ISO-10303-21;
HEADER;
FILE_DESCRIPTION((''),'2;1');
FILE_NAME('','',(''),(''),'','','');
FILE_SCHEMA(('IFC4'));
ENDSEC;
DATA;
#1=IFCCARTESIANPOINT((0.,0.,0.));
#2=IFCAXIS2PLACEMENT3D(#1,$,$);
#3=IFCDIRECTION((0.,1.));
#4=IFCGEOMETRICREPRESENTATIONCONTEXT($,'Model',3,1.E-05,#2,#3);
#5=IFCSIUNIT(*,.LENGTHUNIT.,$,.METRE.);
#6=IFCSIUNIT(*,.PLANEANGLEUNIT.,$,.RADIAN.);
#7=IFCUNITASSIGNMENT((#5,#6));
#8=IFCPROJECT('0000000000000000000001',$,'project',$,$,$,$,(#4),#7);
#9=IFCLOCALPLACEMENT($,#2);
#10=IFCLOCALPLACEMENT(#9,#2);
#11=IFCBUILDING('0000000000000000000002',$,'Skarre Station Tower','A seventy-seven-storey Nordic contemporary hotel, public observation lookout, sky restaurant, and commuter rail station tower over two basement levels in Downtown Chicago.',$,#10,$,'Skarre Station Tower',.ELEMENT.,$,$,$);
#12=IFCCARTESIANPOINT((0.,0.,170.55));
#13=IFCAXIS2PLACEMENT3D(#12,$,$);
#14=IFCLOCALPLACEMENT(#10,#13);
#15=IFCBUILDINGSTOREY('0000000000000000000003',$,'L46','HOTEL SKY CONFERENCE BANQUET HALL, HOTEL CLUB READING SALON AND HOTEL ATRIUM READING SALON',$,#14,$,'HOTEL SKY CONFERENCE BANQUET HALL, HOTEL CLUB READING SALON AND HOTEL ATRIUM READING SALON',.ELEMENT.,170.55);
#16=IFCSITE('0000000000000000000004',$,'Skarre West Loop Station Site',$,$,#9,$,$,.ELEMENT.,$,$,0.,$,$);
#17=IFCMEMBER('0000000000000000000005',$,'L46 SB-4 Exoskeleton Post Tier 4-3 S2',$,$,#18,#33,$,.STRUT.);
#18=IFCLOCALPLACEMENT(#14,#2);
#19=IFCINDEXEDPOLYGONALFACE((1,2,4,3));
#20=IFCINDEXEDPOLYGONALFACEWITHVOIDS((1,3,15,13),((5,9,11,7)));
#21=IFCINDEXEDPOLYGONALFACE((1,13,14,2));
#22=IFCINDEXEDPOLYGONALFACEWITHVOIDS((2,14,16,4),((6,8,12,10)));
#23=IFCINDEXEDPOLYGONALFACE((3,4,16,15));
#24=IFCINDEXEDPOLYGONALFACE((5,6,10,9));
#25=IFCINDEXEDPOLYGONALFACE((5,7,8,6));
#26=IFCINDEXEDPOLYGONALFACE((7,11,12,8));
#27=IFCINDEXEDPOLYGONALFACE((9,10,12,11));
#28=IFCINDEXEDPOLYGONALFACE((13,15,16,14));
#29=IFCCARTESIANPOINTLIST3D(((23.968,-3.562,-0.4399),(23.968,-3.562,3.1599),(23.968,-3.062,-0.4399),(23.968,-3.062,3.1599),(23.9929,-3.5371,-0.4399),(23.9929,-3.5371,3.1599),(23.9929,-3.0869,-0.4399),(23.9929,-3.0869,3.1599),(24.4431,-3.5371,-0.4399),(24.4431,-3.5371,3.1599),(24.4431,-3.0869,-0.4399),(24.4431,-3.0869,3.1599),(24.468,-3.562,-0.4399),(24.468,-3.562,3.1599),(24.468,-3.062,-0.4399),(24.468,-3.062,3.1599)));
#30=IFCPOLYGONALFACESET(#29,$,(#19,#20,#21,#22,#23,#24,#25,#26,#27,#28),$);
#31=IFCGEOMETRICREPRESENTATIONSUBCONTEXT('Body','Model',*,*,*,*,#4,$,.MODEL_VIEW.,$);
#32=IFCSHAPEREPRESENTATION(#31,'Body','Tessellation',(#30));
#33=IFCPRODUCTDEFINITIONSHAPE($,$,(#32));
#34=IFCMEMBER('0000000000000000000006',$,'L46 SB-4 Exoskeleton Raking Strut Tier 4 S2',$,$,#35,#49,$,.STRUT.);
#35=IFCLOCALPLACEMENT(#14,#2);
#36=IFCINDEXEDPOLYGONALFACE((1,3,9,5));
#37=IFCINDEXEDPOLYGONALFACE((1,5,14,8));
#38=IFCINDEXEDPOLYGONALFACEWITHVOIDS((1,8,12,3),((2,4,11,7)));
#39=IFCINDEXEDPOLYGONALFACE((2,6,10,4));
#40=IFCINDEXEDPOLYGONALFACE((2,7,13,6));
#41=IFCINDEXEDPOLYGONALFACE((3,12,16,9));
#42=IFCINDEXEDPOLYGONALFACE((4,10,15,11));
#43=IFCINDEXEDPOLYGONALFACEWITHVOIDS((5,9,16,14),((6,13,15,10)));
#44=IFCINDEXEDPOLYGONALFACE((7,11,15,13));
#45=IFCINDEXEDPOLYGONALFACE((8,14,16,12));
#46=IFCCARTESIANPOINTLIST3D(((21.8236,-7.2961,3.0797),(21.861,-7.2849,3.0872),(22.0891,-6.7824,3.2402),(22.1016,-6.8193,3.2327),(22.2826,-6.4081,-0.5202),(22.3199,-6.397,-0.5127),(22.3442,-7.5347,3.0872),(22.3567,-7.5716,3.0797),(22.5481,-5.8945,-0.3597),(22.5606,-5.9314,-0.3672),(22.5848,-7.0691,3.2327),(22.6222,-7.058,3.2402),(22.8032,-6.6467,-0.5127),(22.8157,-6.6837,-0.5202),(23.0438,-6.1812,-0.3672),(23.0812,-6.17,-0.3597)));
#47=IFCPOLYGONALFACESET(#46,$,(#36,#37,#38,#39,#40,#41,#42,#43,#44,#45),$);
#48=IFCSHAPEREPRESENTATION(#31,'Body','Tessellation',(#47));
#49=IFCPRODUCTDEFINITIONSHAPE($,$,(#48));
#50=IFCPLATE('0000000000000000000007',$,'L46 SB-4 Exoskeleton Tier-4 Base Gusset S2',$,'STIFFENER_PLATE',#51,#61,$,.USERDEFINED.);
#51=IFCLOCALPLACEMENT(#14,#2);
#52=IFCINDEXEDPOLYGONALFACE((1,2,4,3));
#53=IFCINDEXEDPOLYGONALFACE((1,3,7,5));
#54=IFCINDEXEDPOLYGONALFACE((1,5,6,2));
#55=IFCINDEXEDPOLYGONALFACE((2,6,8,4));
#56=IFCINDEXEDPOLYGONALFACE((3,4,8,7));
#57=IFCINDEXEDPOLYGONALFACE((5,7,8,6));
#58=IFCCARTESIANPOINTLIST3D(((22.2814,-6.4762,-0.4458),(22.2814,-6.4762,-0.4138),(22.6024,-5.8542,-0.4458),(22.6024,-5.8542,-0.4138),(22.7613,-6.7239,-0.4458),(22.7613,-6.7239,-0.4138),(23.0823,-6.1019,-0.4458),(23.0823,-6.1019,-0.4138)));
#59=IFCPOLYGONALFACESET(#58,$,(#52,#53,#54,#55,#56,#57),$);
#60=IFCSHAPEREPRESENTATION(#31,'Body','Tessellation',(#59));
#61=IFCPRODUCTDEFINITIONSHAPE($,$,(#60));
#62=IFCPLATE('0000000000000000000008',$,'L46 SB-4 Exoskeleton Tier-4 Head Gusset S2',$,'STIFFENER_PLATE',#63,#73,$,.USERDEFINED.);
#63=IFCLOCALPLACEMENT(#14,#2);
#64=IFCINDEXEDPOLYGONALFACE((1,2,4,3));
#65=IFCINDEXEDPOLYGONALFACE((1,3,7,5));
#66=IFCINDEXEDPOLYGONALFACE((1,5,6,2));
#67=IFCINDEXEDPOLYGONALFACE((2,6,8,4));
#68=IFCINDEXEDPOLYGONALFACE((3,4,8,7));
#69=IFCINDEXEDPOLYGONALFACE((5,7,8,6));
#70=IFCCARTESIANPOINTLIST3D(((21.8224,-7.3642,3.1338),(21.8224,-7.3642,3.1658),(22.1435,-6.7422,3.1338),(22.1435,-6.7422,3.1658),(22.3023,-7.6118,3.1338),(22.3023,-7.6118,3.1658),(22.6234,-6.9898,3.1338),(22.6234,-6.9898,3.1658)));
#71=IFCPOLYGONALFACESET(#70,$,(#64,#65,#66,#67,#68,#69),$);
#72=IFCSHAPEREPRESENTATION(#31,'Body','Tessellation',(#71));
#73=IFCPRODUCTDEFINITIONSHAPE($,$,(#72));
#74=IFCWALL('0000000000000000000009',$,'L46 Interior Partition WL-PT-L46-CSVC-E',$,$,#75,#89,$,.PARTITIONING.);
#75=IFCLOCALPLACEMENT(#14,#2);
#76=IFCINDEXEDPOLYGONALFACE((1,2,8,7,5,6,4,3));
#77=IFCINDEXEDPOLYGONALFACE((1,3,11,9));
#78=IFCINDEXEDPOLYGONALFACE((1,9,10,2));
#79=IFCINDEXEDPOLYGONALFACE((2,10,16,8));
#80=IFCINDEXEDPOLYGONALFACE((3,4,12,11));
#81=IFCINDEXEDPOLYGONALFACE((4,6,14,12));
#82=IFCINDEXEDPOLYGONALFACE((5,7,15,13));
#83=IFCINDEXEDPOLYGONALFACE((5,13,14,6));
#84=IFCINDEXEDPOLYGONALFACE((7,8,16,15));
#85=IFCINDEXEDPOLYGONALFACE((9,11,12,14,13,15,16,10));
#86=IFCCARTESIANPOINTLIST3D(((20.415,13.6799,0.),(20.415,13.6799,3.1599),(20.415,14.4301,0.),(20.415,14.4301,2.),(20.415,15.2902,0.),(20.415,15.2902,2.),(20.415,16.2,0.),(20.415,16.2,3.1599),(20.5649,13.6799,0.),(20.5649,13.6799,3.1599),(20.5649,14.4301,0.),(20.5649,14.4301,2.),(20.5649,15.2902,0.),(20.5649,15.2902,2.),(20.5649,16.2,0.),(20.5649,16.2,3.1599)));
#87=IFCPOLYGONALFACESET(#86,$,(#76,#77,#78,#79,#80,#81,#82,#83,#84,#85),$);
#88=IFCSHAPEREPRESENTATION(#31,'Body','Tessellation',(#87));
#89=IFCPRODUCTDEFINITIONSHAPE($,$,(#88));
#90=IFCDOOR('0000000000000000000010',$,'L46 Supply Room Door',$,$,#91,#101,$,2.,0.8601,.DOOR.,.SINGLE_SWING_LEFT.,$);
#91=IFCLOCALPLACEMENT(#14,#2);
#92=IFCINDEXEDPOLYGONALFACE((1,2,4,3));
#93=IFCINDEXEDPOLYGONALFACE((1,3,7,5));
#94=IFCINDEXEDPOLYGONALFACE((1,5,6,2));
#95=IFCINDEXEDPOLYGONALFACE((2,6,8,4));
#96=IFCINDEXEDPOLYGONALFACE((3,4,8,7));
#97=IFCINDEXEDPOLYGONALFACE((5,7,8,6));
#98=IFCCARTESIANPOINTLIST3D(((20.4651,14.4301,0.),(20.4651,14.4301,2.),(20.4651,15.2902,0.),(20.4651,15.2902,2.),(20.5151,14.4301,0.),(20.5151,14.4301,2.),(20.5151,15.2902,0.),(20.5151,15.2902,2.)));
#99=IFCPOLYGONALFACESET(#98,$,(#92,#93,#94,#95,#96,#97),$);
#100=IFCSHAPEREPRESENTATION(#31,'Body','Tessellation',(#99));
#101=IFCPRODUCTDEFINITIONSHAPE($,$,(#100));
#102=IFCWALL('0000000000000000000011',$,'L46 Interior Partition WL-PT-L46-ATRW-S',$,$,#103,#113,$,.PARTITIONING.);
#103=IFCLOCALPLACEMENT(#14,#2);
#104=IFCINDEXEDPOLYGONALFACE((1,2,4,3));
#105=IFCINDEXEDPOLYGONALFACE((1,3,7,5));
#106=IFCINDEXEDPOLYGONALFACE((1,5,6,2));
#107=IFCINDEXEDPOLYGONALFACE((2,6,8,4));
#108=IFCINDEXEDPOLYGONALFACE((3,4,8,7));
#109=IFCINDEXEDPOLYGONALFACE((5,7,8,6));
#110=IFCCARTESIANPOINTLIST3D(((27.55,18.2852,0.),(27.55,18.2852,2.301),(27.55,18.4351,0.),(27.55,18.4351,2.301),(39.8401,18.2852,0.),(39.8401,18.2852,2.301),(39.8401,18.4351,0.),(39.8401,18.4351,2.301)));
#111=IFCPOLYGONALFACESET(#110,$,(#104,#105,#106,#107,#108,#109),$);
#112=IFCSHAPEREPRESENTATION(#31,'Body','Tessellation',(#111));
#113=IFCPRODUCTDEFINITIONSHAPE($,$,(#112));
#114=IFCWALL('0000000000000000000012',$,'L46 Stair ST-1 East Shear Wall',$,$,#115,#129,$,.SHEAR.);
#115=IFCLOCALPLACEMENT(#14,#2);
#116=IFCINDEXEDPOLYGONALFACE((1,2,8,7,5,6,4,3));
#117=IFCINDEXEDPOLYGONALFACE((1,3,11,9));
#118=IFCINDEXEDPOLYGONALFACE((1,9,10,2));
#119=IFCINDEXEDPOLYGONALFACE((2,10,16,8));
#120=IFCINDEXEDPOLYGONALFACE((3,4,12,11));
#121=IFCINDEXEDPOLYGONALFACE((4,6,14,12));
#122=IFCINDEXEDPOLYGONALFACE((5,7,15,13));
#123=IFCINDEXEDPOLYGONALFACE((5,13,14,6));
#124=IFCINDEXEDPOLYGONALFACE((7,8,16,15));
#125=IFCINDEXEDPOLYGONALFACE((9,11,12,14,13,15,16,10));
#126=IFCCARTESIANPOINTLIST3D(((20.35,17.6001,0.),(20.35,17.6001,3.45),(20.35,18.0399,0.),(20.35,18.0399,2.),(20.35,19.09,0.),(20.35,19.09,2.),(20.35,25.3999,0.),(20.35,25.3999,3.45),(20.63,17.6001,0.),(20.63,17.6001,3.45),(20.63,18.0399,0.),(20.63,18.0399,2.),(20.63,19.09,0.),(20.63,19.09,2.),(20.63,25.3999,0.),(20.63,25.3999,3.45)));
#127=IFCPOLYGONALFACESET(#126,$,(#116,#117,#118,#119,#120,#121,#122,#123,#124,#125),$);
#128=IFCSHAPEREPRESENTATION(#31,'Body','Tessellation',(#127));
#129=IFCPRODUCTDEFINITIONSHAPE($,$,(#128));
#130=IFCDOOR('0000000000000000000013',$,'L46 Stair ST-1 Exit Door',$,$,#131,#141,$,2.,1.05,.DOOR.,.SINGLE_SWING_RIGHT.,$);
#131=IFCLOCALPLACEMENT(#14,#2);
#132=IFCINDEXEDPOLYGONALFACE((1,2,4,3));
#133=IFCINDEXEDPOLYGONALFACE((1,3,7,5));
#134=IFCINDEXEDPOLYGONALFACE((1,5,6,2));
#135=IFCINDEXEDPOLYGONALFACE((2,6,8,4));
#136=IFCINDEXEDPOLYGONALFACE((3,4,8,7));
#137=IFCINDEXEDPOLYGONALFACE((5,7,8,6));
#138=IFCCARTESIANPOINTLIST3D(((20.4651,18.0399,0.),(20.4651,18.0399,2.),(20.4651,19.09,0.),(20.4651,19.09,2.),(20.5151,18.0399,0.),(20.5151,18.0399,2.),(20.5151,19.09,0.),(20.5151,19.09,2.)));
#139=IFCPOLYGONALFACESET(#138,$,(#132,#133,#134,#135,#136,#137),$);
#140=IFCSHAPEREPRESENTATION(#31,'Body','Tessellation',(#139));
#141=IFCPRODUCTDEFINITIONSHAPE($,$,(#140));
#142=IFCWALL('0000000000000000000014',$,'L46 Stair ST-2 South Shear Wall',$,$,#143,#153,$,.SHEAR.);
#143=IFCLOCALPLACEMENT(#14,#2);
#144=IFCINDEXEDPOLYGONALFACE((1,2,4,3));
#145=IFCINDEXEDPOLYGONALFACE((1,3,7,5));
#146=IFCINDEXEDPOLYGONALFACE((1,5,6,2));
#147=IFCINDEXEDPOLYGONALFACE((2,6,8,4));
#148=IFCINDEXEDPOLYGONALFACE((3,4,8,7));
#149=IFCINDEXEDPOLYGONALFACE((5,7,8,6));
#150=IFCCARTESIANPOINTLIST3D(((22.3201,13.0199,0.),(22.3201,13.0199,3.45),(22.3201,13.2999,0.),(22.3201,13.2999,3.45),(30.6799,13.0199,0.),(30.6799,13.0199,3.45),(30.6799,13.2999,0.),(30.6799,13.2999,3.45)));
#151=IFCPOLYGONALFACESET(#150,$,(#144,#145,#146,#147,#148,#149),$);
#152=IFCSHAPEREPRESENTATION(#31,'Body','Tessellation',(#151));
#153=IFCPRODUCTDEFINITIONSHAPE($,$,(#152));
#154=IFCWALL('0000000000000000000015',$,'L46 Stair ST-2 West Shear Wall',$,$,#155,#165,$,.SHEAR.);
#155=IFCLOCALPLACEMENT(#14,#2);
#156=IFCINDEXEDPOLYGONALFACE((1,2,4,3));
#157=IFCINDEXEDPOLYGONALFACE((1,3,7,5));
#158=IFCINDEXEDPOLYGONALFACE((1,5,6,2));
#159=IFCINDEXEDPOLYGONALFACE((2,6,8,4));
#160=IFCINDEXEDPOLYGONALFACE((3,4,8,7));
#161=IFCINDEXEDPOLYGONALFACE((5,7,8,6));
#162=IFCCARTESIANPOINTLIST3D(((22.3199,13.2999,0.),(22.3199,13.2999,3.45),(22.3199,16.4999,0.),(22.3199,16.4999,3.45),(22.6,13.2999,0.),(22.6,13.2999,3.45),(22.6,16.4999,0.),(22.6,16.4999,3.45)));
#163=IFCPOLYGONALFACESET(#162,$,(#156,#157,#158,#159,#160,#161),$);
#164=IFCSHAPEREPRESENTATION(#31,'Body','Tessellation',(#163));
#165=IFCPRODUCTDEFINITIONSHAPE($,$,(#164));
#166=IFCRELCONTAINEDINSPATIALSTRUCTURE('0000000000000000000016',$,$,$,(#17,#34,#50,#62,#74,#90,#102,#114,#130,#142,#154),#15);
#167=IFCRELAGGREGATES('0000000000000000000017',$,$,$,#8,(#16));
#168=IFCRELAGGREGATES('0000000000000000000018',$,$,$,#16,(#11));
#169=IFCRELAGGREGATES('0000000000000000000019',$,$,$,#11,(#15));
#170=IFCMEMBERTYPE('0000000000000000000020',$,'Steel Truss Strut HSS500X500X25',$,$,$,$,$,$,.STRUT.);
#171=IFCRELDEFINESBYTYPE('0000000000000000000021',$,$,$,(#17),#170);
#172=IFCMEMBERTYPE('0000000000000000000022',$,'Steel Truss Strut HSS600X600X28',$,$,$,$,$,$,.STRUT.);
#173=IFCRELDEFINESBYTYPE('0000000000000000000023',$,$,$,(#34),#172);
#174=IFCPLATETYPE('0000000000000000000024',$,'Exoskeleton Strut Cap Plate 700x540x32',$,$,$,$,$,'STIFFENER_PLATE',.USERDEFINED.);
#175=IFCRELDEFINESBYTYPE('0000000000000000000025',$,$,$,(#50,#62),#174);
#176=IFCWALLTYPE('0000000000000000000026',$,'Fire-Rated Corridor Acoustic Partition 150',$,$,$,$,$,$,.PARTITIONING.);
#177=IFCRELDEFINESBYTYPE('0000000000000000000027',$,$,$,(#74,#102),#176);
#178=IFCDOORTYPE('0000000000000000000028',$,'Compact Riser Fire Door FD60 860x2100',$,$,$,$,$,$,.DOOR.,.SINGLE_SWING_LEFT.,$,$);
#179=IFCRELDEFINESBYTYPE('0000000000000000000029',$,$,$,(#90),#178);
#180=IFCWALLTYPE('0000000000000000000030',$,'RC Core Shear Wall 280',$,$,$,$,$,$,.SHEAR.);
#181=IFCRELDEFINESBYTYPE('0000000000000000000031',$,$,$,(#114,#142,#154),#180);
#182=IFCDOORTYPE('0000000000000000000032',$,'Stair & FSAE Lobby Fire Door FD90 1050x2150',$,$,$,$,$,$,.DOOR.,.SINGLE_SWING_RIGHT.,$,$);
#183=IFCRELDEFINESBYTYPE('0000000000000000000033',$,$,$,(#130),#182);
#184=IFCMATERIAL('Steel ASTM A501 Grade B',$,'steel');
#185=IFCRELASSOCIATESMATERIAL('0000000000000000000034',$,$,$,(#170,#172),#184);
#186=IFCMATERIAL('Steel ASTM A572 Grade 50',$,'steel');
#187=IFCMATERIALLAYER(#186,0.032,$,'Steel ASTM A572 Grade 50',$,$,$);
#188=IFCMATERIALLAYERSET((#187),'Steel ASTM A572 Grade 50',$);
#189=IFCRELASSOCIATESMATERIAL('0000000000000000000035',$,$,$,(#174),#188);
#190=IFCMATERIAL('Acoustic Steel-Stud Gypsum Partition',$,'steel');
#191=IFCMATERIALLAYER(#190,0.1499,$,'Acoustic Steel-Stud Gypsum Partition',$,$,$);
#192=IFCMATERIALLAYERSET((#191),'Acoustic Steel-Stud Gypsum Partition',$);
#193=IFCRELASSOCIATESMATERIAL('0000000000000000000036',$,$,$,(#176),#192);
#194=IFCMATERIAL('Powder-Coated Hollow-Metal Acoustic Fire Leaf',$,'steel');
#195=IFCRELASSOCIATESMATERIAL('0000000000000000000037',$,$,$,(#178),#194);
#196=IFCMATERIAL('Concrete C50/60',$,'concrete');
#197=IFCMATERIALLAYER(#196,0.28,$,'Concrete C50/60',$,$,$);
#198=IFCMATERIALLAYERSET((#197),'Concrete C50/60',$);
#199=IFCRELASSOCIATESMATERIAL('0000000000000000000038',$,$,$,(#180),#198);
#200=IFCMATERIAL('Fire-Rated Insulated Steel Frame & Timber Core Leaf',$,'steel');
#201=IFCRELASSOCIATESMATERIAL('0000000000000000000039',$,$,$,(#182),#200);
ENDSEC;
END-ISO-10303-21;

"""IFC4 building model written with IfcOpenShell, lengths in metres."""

from ifc_helpers import new_model, si_unit, direction, frame, frame_2d, origin, origin_2d, place, context, subcontext, project, spatial, rectangle, hollow_rectangle, extrude, material, layer, layer_set, material_profile, profile_set, type_object, element, fill, save


model = new_model("IFC4")

# Units and contexts
model_context = context("Model", 3, precision=1e-05, world=origin(), true_north=direction((0.0, 1.0)))
body_context = subcontext(model_context, "Body", "Model", "MODEL_VIEW")
ifc_project = project(units=[si_unit("LENGTHUNIT", "METRE"), si_unit("PLANEANGLEUNIT", "RADIAN")], contexts=[model_context])

# Site, building, storey
site_placement = place(None, origin())
site = spatial("IfcSite", under=ifc_project, at=site_placement, Name="Skarre West Loop Station Site", CompositionType="ELEMENT", RefElevation=0.0)
building_placement = place(site_placement, origin())
building = spatial("IfcBuilding", under=site, at=building_placement, Name="Skarre Station Tower", Description="A seventy-seven-storey Nordic contemporary hotel, public observation lookout, sky restaurant, and commuter rail station tower over two basement levels in Downtown Chicago.", LongName="Skarre Station Tower", CompositionType="ELEMENT")
storey_placement = place(building_placement, frame((0.0, 0.0, 170.55)))
storey = spatial("IfcBuildingStorey", under=building, at=storey_placement, Name="L46", Description="HOTEL SKY CONFERENCE BANQUET HALL, HOTEL CLUB READING SALON AND HOTEL ATRIUM READING SALON", LongName="HOTEL SKY CONFERENCE BANQUET HALL, HOTEL CLUB READING SALON AND HOTEL ATRIUM READING SALON", CompositionType="ELEMENT", Elevation=170.55)

# Shared definitions
ifc_material_1 = material(Name="Concrete C50/60", Category="concrete")

# Members
ifc_material_2 = material(Name="Steel ASTM A501 Grade B", Category="steel")
ifc_material_profile_1 = material_profile(ifc_material_2, hollow_rectangle(XDim=0.5, YDim=0.5, WallThickness=0.0249, at=origin_2d()), Name="Steel ASTM A501 Grade B")
ifc_profile_set_1 = profile_set([ifc_material_profile_1], Name="Steel ASTM A501 Grade B")
member_type_1 = type_object("IfcMemberType", Name="Steel Truss Strut HSS500X500X25", PredefinedType="STRUT", material=ifc_profile_set_1)
for number, where, z_axis, x_axis, name in (
    (1, (24.218, -3.312, -0.4399), (0.0, 0.0, 1.0), (1.0, 0.0, 0.0), "L46 SB-4 Exoskeleton Post Tier 4-3 S2"),
):
    element("IfcMember", number, at=place(storey_placement, frame(where, z_axis=z_axis, x_axis=x_axis)), inside=storey, type_object=member_type_1, Name=name, PredefinedType="STRUT", context=body_context, shape_type="SweptSolid", body=[
        extrude(hollow_rectangle(XDim=0.5, YDim=0.5, WallThickness=0.0249, at=origin_2d()), origin(), (0.0, 0.0, 1.0), 3.5999),
    ])
ifc_material_profile_2 = material_profile(ifc_material_2, hollow_rectangle(XDim=0.6001, YDim=0.6001, WallThickness=0.0281, at=origin_2d()), Name="Steel ASTM A501 Grade B")
ifc_profile_set_2 = profile_set([ifc_material_profile_2], Name="Steel ASTM A501 Grade B")
member_type_2 = type_object("IfcMemberType", Name="Steel Truss Strut HSS600X600X28", PredefinedType="STRUT", material=ifc_profile_set_2)
member_placement = place(storey_placement, frame((22.6819, -6.2891, -0.4399), z_axis=(-0.122853, -0.237668, 0.963546), x_axis=(0.888338, -0.45919, 0.0)))
element("IfcMember", 2, at=member_placement, inside=storey, type_object=member_type_2, Name="L46 SB-4 Exoskeleton Raking Strut Tier 4 S2", PredefinedType="STRUT", context=body_context, shape_type="SweptSolid", body=[
    extrude(hollow_rectangle(XDim=0.6001, YDim=0.6001, WallThickness=0.0281, at=origin_2d()), origin(), (0.0, 0.0, 1.0), 3.7361),
])

# Plates
ifc_material_3 = material(Name="Steel ASTM A572 Grade 50", Category="steel")
ifc_layer_1 = layer(ifc_material_3, 0.032, Name="Steel ASTM A572 Grade 50")
ifc_layer_set_1 = layer_set([ifc_layer_1], Name="Steel ASTM A572 Grade 50")
plate_type = type_object("IfcPlateType", Name="Exoskeleton Strut Cap Plate 700x540x32", ElementType="STIFFENER_PLATE", PredefinedType="USERDEFINED", material=ifc_layer_set_1)
for number, where, z_axis, x_axis, name in (
    (3, (22.6819, -6.2891, -0.4458), (0.0, 0.0, 1.0), (-0.458634, -0.888625, 0.0), "L46 SB-4 Exoskeleton Tier-4 Base Gusset S2"),
    (4, (22.2229, -7.177, 3.1338), (0.0, 0.0, 1.0), (-0.458634, -0.888625, 0.0), "L46 SB-4 Exoskeleton Tier-4 Head Gusset S2"),
):
    element("IfcPlate", number, at=place(storey_placement, frame(where, z_axis=z_axis, x_axis=x_axis)), inside=storey, type_object=plate_type, Name=name, ObjectType="STIFFENER_PLATE", PredefinedType="USERDEFINED", context=body_context, shape_type="SweptSolid", body=[
        extrude(rectangle(XDim=0.7, YDim=0.54, at=origin_2d()), origin(), (0.0, 0.0, 1.0), 0.032),
    ])

# Wall, opening, door
ifc_material_4 = material(Name="Acoustic Steel-Stud Gypsum Partition", Category="steel")
ifc_layer_2 = layer(ifc_material_4, 0.1499, Name="Acoustic Steel-Stud Gypsum Partition")
ifc_layer_set_2 = layer_set([ifc_layer_2], Name="Acoustic Steel-Stud Gypsum Partition")
wall_type_1 = type_object("IfcWallType", Name="Fire-Rated Corridor Acoustic Partition 150", PredefinedType="PARTITIONING", material=ifc_layer_set_2)
wall_1_placement = place(storey_placement, frame((20.49, 13.6799, 0.0), z_axis=(0.0, 0.0, 1.0), x_axis=(0.0, 1.0, 0.0)))
wall_1 = element("IfcWall", 5, at=wall_1_placement, inside=storey, type_object=wall_type_1, Name="L46 Interior Partition WL-PT-L46-CSVC-E", PredefinedType="PARTITIONING", context=body_context, shape_type="SweptSolid", body=[
    extrude(rectangle(XDim=2.52, YDim=0.1499, at=frame_2d((1.26, 0.0))), origin(), (0.0, 0.0, 1.0), 3.1599),
])
opening_1_placement = place(wall_1_placement, frame((0.75, 0.0, 0.0)))
opening_1 = element("IfcOpeningElement", 6, at=opening_1_placement, cuts=wall_1, PredefinedType="OPENING", context=body_context, shape_type="SweptSolid", body=[
    extrude(rectangle(XDim=0.8601, YDim=2.0, at=frame_2d((0.4302, 1.0))), frame((0.0, 0.085, 0.0), z_axis=(0.0, -1.0, 0.0), x_axis=(1.0, 0.0, 0.0)), (0.0, 0.0, 1.0), 0.1699),
])
ifc_material_5 = material(Name="Powder-Coated Hollow-Metal Acoustic Fire Leaf", Category="steel")
door_type_1 = type_object("IfcDoorType", Name="Compact Riser Fire Door FD60 860x2100", OperationType="SINGLE_SWING_LEFT", PredefinedType="DOOR", material=ifc_material_5)
door_1_placement = place(opening_1_placement, origin())
door_1 = element("IfcDoor", 7, at=door_1_placement, inside=storey, type_object=door_type_1, Name="L46 Supply Room Door", OperationType="SINGLE_SWING_LEFT", OverallHeight=2.0, OverallWidth=0.8601, PredefinedType="DOOR", context=body_context, shape_type="SweptSolid", body=[
    extrude(rectangle(XDim=0.8601, YDim=2.0, at=frame_2d((0.4302, 1.0))), frame((0.0, 0.0249, 0.0), z_axis=(0.0, -1.0, 0.0), x_axis=(1.0, 0.0, 0.0)), (0.0, 0.0, 1.0), 0.05),
])
fill(opening_1, door_1)

# Wall
wall_2_placement = place(storey_placement, frame((27.55, 18.3601, 0.0), z_axis=(0.0, 0.0, 1.0), x_axis=(1.0, 0.0, 0.0)))
element("IfcWall", 8, at=wall_2_placement, inside=storey, type_object=wall_type_1, Name="L46 Interior Partition WL-PT-L46-ATRW-S", PredefinedType="PARTITIONING", context=body_context, shape_type="SweptSolid", body=[
    extrude(rectangle(XDim=12.29, YDim=0.1499, at=frame_2d((6.145, 0.0))), origin(), (0.0, 0.0, 1.0), 2.301),
])

# Wall, opening, door
ifc_layer_3 = layer(ifc_material_1, 0.28, Name="Concrete C50/60")
ifc_layer_set_3 = layer_set([ifc_layer_3], Name="Concrete C50/60")
wall_type_2 = type_object("IfcWallType", Name="RC Core Shear Wall 280", PredefinedType="SHEAR", material=ifc_layer_set_3)
wall_3_placement = place(storey_placement, frame((20.49, 17.6001, 0.0), z_axis=(0.0, 0.0, 1.0), x_axis=(0.0, 1.0, 0.0)))
wall_3 = element("IfcWall", 9, at=wall_3_placement, inside=storey, type_object=wall_type_2, Name="L46 Stair ST-1 East Shear Wall", PredefinedType="SHEAR", context=body_context, shape_type="SweptSolid", body=[
    extrude(rectangle(XDim=7.7998, YDim=0.28, at=frame_2d((3.8999, 0.0))), origin(), (0.0, 0.0, 1.0), 3.45),
])
opening_2_placement = place(wall_3_placement, frame((0.4399, 0.0, 0.0)))
opening_2 = element("IfcOpeningElement", 10, at=opening_2_placement, cuts=wall_3, PredefinedType="OPENING", context=body_context, shape_type="SweptSolid", body=[
    extrude(rectangle(XDim=1.05, YDim=2.0, at=frame_2d((0.5249, 1.0))), frame((0.0, 0.1499, 0.0), z_axis=(0.0, -1.0, 0.0), x_axis=(1.0, 0.0, 0.0)), (0.0, 0.0, 1.0), 0.3),
])
ifc_material_6 = material(Name="Fire-Rated Insulated Steel Frame & Timber Core Leaf", Category="steel")
door_type_2 = type_object("IfcDoorType", Name="Stair & FSAE Lobby Fire Door FD90 1050x2150", OperationType="SINGLE_SWING_RIGHT", PredefinedType="DOOR", material=ifc_material_6)
door_2_placement = place(opening_2_placement, origin())
door_2 = element("IfcDoor", 11, at=door_2_placement, inside=storey, type_object=door_type_2, Name="L46 Stair ST-1 Exit Door", OperationType="SINGLE_SWING_RIGHT", OverallHeight=2.0, OverallWidth=1.05, PredefinedType="DOOR", context=body_context, shape_type="SweptSolid", body=[
    extrude(rectangle(XDim=1.05, YDim=2.0, at=frame_2d((0.5249, 1.0))), frame((0.0, 0.0249, 0.0), z_axis=(0.0, -1.0, 0.0), x_axis=(1.0, 0.0, 0.0)), (0.0, 0.0, 1.0), 0.05),
])
fill(opening_2, door_2)

# Walls
wall_4_placement = place(storey_placement, frame((22.3201, 13.1599, 0.0), z_axis=(0.0, 0.0, 1.0), x_axis=(1.0, 0.0, 0.0)))
element("IfcWall", 12, at=wall_4_placement, inside=storey, type_object=wall_type_2, Name="L46 Stair ST-2 South Shear Wall", PredefinedType="SHEAR", context=body_context, shape_type="SweptSolid", body=[
    extrude(rectangle(XDim=8.3599, YDim=0.28, at=frame_2d((4.1799, 0.0))), origin(), (0.0, 0.0, 1.0), 3.45),
])
wall_5_placement = place(storey_placement, frame((22.46, 16.5, 0.0), z_axis=(0.0, 0.0, 1.0), x_axis=(0.0, -1.0, 0.0)))
element("IfcWall", 13, at=wall_5_placement, inside=storey, type_object=wall_type_2, Name="L46 Stair ST-2 West Shear Wall", PredefinedType="SHEAR", context=body_context, shape_type="SweptSolid", body=[
    extrude(rectangle(XDim=3.2, YDim=0.28, at=frame_2d((1.6001, 0.0))), origin(), (0.0, 0.0, 1.0), 3.45),
])

save(model, "model.ifc")
